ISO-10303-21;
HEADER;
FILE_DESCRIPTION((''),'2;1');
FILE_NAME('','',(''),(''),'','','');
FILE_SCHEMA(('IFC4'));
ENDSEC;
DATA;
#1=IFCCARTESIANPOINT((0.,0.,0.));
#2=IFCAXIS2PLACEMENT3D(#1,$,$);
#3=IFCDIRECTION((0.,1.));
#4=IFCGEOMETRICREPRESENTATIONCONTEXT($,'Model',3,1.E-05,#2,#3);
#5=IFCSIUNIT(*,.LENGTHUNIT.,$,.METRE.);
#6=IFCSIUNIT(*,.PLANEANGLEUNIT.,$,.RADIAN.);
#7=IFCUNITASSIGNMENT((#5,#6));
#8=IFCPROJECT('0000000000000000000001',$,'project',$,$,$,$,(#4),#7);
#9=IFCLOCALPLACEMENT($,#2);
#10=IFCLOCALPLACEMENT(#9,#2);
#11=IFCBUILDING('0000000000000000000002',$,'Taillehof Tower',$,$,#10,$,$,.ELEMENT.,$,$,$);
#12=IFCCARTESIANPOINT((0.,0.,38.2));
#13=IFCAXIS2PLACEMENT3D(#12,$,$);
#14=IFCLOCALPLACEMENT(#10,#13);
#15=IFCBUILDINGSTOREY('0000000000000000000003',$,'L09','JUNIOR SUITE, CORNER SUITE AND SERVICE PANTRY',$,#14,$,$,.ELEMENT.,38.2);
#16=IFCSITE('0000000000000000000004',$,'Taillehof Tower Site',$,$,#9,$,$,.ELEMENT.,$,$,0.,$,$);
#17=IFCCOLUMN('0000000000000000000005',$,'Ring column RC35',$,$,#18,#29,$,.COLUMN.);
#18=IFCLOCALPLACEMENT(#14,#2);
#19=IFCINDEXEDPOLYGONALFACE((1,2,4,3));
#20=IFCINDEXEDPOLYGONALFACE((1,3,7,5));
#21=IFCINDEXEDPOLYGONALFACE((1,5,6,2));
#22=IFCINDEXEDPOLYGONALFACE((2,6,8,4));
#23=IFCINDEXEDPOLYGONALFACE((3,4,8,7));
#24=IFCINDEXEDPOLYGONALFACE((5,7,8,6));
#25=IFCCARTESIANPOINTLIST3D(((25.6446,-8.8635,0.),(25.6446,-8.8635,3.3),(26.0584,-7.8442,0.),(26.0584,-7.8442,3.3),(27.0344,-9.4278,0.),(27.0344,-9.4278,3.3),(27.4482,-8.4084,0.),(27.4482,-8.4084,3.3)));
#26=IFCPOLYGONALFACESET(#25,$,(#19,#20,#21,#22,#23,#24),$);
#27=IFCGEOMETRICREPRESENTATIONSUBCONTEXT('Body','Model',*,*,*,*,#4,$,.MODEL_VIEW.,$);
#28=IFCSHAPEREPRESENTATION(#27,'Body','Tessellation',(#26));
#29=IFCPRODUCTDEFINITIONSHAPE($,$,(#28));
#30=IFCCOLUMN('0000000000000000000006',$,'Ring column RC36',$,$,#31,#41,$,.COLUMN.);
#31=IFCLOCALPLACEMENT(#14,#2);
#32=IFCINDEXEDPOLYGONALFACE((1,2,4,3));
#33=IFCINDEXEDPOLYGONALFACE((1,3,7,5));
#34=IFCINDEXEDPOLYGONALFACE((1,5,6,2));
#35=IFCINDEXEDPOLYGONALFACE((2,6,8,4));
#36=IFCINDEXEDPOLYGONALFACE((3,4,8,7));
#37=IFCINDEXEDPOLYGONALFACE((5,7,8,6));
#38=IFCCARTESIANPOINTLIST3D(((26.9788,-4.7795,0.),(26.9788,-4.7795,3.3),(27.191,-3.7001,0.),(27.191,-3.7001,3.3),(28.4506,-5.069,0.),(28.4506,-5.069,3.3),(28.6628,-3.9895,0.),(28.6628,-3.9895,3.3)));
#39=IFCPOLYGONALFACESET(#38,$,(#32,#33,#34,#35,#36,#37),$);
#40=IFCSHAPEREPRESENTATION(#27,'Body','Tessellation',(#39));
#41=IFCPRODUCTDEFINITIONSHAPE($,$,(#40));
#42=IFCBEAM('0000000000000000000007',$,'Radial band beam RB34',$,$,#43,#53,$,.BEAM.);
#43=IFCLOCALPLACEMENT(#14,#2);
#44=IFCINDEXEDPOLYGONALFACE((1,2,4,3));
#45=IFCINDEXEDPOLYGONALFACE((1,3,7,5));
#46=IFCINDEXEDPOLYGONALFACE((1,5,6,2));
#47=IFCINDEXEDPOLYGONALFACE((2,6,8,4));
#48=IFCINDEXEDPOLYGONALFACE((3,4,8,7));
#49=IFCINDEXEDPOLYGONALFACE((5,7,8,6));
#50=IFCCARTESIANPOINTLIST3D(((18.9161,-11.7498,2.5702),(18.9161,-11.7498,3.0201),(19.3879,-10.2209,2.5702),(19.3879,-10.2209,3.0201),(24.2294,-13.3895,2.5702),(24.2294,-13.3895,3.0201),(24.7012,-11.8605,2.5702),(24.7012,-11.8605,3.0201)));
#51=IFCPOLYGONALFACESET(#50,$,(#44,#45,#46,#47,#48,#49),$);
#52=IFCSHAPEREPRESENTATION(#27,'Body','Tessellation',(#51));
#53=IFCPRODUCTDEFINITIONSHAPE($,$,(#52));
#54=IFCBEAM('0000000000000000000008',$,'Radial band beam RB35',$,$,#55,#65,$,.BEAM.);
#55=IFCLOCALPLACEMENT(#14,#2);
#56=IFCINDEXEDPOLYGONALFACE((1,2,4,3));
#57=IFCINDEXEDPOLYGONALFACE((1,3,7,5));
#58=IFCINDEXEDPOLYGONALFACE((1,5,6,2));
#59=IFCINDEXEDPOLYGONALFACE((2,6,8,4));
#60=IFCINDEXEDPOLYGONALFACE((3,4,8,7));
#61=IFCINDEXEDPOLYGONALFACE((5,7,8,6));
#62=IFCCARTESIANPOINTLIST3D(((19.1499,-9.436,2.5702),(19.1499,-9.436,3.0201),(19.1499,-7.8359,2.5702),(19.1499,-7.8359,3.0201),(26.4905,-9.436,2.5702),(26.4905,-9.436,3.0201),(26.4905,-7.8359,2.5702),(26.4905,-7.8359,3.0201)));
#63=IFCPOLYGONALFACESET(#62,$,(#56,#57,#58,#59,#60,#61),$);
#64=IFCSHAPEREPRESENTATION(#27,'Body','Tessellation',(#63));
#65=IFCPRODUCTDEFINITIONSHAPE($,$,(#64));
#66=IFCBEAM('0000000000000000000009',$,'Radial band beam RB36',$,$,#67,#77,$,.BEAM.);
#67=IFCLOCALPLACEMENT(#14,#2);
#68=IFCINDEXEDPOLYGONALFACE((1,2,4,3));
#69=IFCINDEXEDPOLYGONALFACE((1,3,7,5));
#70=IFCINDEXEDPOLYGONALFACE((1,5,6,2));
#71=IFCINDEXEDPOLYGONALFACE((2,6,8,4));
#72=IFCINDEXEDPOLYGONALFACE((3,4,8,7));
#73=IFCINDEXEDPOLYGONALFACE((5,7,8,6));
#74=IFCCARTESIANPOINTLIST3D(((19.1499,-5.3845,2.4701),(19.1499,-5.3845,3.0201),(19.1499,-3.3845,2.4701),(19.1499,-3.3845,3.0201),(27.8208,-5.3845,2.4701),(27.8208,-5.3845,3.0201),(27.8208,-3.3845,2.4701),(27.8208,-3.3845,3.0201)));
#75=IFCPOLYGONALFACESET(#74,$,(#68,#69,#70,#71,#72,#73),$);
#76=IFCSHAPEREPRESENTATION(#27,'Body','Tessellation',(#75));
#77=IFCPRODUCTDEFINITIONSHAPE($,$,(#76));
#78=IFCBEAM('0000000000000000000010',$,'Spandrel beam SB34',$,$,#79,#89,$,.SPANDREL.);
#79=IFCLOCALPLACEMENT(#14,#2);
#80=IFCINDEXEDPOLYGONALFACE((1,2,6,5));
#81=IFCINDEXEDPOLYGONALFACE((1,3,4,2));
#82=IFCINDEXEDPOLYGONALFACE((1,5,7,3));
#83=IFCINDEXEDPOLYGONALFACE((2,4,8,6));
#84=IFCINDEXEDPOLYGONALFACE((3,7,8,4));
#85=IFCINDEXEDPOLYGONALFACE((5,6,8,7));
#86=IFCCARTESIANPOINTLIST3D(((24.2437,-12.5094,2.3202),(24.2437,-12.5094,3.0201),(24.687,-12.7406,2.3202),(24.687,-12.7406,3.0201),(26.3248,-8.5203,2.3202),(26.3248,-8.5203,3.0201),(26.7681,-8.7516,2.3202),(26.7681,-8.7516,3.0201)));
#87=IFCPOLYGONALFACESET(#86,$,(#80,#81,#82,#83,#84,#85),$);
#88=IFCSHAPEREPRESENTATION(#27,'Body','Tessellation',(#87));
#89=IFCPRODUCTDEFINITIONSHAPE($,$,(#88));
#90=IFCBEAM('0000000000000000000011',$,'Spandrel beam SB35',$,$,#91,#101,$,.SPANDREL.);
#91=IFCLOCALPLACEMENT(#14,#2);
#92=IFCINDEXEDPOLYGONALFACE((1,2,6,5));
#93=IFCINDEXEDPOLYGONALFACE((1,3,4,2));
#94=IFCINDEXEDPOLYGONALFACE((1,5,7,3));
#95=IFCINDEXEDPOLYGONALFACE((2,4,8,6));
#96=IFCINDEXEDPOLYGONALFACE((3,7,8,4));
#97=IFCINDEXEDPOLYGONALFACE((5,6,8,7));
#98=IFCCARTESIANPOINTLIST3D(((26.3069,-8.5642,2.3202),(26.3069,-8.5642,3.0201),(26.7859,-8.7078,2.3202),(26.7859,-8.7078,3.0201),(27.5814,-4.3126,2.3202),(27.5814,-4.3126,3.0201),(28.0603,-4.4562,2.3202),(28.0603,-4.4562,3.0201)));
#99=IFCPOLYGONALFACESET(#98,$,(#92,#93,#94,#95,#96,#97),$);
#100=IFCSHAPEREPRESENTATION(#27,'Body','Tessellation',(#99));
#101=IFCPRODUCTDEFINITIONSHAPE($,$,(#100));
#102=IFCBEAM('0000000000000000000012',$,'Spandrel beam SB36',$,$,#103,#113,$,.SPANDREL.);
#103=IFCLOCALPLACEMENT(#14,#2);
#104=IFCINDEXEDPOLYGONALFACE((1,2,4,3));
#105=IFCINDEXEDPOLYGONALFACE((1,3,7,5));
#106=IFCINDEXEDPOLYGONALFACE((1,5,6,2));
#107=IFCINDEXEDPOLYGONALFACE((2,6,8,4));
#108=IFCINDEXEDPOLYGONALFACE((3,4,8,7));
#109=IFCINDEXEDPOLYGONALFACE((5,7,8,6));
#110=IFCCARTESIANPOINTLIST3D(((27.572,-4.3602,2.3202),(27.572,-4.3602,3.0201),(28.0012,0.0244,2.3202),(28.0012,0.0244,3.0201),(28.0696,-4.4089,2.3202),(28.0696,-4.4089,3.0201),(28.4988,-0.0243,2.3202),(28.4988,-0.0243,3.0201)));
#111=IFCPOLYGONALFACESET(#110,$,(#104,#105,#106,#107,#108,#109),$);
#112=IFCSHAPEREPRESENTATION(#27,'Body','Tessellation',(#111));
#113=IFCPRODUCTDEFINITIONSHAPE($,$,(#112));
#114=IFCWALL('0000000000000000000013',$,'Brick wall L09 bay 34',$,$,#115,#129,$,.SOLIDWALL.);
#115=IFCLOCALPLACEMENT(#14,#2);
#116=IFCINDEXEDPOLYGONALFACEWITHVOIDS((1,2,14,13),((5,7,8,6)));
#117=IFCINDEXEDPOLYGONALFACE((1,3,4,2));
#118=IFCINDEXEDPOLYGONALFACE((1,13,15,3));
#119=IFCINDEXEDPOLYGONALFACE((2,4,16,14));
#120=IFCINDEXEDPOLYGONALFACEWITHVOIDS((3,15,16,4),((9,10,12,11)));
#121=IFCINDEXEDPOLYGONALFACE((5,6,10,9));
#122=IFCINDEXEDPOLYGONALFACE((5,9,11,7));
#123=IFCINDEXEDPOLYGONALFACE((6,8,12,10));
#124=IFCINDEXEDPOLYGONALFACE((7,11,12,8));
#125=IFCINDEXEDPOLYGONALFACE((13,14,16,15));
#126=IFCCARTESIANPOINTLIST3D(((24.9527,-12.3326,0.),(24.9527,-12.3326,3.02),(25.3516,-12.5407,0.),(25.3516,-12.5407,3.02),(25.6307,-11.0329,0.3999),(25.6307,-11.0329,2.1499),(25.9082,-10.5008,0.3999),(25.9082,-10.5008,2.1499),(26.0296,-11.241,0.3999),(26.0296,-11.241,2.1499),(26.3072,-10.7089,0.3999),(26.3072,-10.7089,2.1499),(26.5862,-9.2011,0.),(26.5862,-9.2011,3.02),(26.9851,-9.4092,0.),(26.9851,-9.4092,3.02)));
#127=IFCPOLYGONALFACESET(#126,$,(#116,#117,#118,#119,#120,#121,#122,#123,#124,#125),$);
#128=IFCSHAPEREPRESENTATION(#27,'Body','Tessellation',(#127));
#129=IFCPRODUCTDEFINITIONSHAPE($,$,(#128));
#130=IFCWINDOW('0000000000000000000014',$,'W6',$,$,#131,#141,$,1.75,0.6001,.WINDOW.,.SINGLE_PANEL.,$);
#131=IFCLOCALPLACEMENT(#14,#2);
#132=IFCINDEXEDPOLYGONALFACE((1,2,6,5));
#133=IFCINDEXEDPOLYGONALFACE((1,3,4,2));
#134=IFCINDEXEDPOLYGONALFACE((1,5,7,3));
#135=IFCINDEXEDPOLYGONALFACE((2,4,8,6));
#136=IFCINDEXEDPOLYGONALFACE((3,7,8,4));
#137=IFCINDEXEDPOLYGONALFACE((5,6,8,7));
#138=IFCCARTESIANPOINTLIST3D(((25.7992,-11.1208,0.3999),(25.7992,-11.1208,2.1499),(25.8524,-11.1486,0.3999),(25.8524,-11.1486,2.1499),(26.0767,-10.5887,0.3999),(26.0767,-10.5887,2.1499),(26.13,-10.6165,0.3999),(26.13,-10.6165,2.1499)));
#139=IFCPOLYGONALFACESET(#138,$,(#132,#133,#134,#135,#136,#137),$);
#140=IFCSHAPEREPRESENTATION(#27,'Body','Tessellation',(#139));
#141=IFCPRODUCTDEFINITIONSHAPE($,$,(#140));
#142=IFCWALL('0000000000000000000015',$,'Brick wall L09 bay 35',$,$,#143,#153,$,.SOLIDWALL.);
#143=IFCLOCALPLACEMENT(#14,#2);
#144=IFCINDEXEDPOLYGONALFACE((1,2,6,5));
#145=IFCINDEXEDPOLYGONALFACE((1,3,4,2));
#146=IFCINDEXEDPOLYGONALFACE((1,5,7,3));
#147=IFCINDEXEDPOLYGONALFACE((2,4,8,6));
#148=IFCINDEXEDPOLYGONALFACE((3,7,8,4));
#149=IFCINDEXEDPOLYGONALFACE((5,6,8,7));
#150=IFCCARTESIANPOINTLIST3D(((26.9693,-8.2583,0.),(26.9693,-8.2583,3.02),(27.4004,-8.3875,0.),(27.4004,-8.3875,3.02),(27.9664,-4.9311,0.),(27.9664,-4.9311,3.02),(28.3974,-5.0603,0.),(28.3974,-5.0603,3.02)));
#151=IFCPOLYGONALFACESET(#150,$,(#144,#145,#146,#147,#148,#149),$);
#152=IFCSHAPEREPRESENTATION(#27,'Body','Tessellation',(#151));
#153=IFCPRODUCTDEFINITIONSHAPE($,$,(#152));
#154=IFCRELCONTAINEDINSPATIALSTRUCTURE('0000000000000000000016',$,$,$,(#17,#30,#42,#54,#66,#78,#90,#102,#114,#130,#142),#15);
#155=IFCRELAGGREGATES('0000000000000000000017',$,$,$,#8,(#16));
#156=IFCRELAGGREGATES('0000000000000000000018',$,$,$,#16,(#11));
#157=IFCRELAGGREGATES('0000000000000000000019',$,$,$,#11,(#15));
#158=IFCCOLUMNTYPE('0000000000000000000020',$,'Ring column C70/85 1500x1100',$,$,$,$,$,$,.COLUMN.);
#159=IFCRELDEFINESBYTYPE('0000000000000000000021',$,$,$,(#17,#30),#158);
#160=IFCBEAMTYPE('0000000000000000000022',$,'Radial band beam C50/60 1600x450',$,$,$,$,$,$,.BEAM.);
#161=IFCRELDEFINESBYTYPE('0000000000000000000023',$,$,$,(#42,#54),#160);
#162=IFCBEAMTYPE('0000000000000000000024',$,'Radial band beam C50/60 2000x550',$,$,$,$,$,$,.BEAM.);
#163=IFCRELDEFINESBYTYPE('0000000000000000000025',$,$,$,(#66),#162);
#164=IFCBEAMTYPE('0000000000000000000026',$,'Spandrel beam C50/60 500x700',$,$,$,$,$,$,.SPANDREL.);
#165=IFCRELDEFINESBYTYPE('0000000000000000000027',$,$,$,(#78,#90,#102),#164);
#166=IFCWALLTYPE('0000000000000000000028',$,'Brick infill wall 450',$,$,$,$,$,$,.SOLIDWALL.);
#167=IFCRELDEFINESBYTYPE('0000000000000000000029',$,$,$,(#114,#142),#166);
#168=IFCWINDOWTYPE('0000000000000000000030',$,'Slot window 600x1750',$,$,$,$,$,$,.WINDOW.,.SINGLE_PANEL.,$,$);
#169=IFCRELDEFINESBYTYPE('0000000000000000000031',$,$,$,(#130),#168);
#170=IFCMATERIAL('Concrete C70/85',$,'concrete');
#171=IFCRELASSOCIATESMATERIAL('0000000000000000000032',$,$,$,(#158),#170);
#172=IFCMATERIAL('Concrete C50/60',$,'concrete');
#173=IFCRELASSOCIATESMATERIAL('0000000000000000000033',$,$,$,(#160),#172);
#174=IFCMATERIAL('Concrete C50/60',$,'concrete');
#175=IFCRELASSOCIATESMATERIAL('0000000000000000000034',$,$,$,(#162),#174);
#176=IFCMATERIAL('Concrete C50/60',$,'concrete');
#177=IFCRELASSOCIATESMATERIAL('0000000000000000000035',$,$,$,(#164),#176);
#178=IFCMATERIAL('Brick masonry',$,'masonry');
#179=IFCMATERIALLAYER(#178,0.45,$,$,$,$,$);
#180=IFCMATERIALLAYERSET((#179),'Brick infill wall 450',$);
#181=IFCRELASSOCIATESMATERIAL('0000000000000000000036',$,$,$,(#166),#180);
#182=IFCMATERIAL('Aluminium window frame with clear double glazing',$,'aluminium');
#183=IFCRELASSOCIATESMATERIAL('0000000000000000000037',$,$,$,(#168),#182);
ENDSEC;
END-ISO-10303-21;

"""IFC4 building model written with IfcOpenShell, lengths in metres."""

from ifc_helpers import new_model, si_unit, direction, frame, frame_2d, origin, origin_2d, place, context, subcontext, project, spatial, rectangle, extrude, material, layer, layer_set, material_profile, profile_set, type_object, element, fill, save


model = new_model("IFC4")

# Units and contexts
model_context = context("Model", 3, precision=1e-05, world=origin(), true_north=direction((0.0, 1.0)))
body_context = subcontext(model_context, "Body", "Model", "MODEL_VIEW")
ifc_project = project(units=[si_unit("LENGTHUNIT", "METRE"), si_unit("PLANEANGLEUNIT", "RADIAN")], contexts=[model_context])

# Site, building, storey
site_placement = place(None, origin())
site = spatial("IfcSite", under=ifc_project, at=site_placement, Name="Taillehof Tower Site", CompositionType="ELEMENT", RefElevation=0.0)
building_placement = place(site_placement, origin())
building = spatial("IfcBuilding", under=site, at=building_placement, Name="Taillehof Tower", CompositionType="ELEMENT")
storey_placement = place(building_placement, frame((0.0, 0.0, 38.2)))
storey = spatial("IfcBuildingStorey", under=building, at=storey_placement, Name="L09", Description="JUNIOR SUITE, CORNER SUITE AND SERVICE PANTRY", CompositionType="ELEMENT", Elevation=38.2)

# Columns
ifc_material_1 = material(Name="Concrete C70/85", Category="concrete")
ifc_material_profile_1 = material_profile(ifc_material_1, rectangle(XDim=1.5, YDim=1.1001, at=origin_2d()), Name="RC 1500x1100")
ifc_profile_set_1 = profile_set([ifc_material_profile_1], Name="Concrete C70/85")
column_type = type_object("IfcColumnType", Name="Ring column C70/85 1500x1100", PredefinedType="COLUMN", material=ifc_profile_set_1)
for number, where, z_axis, x_axis, name in (
    (1, (26.5464, -8.636, 0.0), (0.0, 0.0, 1.0), (0.926558, -0.376152, 0.0), "Ring column RC35"),
    (2, (27.8208, -4.3845, 0.0), (0.0, 0.0, 1.0), (0.981204, -0.192976, 0.0), "Ring column RC36"),
):
    element("IfcColumn", number, at=place(storey_placement, frame(where, z_axis=z_axis, x_axis=x_axis)), inside=storey, type_object=column_type, Name=name, PredefinedType="COLUMN", context=body_context, shape_type="SweptSolid", body=[
        extrude(rectangle(XDim=1.5, YDim=1.1001, at=origin_2d()), origin(), (0.0, 0.0, 1.0), 3.3),
    ])

# Beams
ifc_material_2 = material(Name="Concrete C50/60", Category="concrete")
ifc_material_profile_2 = material_profile(ifc_material_2, rectangle(XDim=1.6001, YDim=0.45, at=origin_2d()), Name="RC 1600x450")
ifc_profile_set_2 = profile_set([ifc_material_profile_2], Name="Concrete C50/60")
beam_type_1 = type_object("IfcBeamType", Name="Radial band beam C50/60 1600x450", PredefinedType="BEAM", material=ifc_profile_set_2)
beam_1_placement = place(storey_placement, frame((24.4653, -12.625, 2.7952), z_axis=(-0.955536, 0.294876, 0.0), x_axis=(-0.294876, -0.955536, 0.0)))
element("IfcBeam", 3, at=beam_1_placement, inside=storey, type_object=beam_type_1, Name="Radial band beam RB34", PredefinedType="BEAM", context=body_context, shape_type="SweptSolid", body=[
    extrude(rectangle(XDim=1.6001, YDim=0.45, at=origin_2d()), origin(), (0.0, 0.0, 1.0), 5.5605),
])
beam_2_placement = place(storey_placement, frame((26.4905, -8.636, 2.7952), z_axis=(-1.0, 0.0, 0.0), x_axis=(0.0, -1.0, 0.0)))
element("IfcBeam", 4, at=beam_2_placement, inside=storey, type_object=beam_type_1, Name="Radial band beam RB35", PredefinedType="BEAM", context=body_context, shape_type="SweptSolid", body=[
    extrude(rectangle(XDim=1.6001, YDim=0.45, at=origin_2d()), origin(), (0.0, 0.0, 1.0), 7.3406),
])
ifc_material_3 = material(Name="Concrete C50/60", Category="concrete")
ifc_material_profile_3 = material_profile(ifc_material_3, rectangle(XDim=2.0, YDim=0.55, at=origin_2d()), Name="RC 2000x550")
ifc_profile_set_3 = profile_set([ifc_material_profile_3], Name="Concrete C50/60")
beam_type_2 = type_object("IfcBeamType", Name="Radial band beam C50/60 2000x550", PredefinedType="BEAM", material=ifc_profile_set_3)
beam_3_placement = place(storey_placement, frame((27.8208, -4.3845, 2.7451), z_axis=(-1.0, 0.0, 0.0), x_axis=(0.0, -1.0, 0.0)))
element("IfcBeam", 5, at=beam_3_placement, inside=storey, type_object=beam_type_2, Name="Radial band beam RB36", PredefinedType="BEAM", context=body_context, shape_type="SweptSolid", body=[
    extrude(rectangle(XDim=2.0, YDim=0.55, at=origin_2d()), origin(), (0.0, 0.0, 1.0), 8.6709),
])
ifc_material_4 = material(Name="Concrete C50/60", Category="concrete")
ifc_material_profile_4 = material_profile(ifc_material_4, rectangle(XDim=0.5, YDim=0.7, at=origin_2d()), Name="RC 500x700")
ifc_profile_set_4 = profile_set([ifc_material_profile_4], Name="Concrete C50/60")
beam_type_3 = type_object("IfcBeamType", Name="Spandrel beam C50/60 500x700", PredefinedType="SPANDREL", material=ifc_profile_set_4)
beam_4_placement = place(storey_placement, frame((24.4653, -12.625, 2.6702), z_axis=(0.462536, 0.8866, 0.0), x_axis=(-0.8866, 0.462536, 0.0)))
element("IfcBeam", 6, at=beam_4_placement, inside=storey, type_object=beam_type_3, Name="Spandrel beam SB34", PredefinedType="SPANDREL", context=body_context, shape_type="SweptSolid", body=[
    extrude(rectangle(XDim=0.5, YDim=0.7, at=origin_2d()), origin(), (0.0, 0.0, 1.0), 4.4993),
])
beam_5_placement = place(storey_placement, frame((26.5464, -8.636, 2.6702), z_axis=(0.287136, 0.95789, 0.0), x_axis=(-0.95789, 0.287136, 0.0)))
element("IfcBeam", 7, at=beam_5_placement, inside=storey, type_object=beam_type_3, Name="Spandrel beam SB35", PredefinedType="SPANDREL", context=body_context, shape_type="SweptSolid", body=[
    extrude(rectangle(XDim=0.5, YDim=0.7, at=origin_2d()), origin(), (0.0, 0.0, 1.0), 4.4385),
])
beam_6_placement = place(storey_placement, frame((27.8208, -4.3845, 2.6702), z_axis=(0.097424, 0.995243, 0.0), x_axis=(-0.995243, 0.097424, 0.0)))
element("IfcBeam", 8, at=beam_6_placement, inside=storey, type_object=beam_type_3, Name="Spandrel beam SB36", PredefinedType="SPANDREL", context=body_context, shape_type="SweptSolid", body=[
    extrude(rectangle(XDim=0.5, YDim=0.7, at=origin_2d()), origin(), (0.0, 0.0, 1.0), 4.4055),
])

# Wall, opening, window
ifc_material_5 = material(Name="Brick masonry", Category="masonry")
ifc_layer_1 = layer(ifc_material_5, 0.45)
ifc_layer_set_1 = layer_set([ifc_layer_1], Name="Brick infill wall 450")
wall_type_1 = type_object("IfcWallType", Name="Brick infill wall 450", PredefinedType="SOLIDWALL", material=ifc_layer_set_1)
wall_1_placement = place(storey_placement, frame((25.1521, -12.4368, 0.0), z_axis=(0.0, 0.0, 1.0), x_axis=(0.462493, 0.886623, 0.0)))
wall_1 = element("IfcWall", 9, at=wall_1_placement, inside=storey, type_object=wall_type_1, Name="Brick wall L09 bay 34", PredefinedType="SOLIDWALL", context=body_context, shape_type="SweptSolid", body=[
    extrude(rectangle(XDim=3.532, YDim=0.45, at=frame_2d((1.7661, 0.0))), origin(), (0.0, 0.0, 1.0), 3.02),
])
opening_1_placement = place(wall_1_placement, frame((1.4661, 0.0, 0.3999)))
opening_1 = element("IfcOpeningElement", 10, at=opening_1_placement, cuts=wall_1, PredefinedType="OPENING", context=body_context, shape_type="SweptSolid", body=[
    extrude(rectangle(XDim=0.6001, YDim=1.75, at=frame_2d((0.3, 0.875))), frame((0.0, 0.2349, 0.0), z_axis=(0.0, -1.0, 0.0), x_axis=(1.0, 0.0, 0.0)), (0.0, 0.0, 1.0), 0.47),
])
ifc_material_6 = material(Name="Aluminium window frame with clear double glazing", Category="aluminium")
window_type = type_object("IfcWindowType", Name="Slot window 600x1750", PartitioningType="SINGLE_PANEL", PredefinedType="WINDOW", material=ifc_material_6)
window_1_placement = place(opening_1_placement, origin())
window_1 = element("IfcWindow", 11, at=window_1_placement, inside=storey, type_object=window_type, Name="W6", OverallHeight=1.75, OverallWidth=0.6001, PartitioningType="SINGLE_PANEL", PredefinedType="WINDOW", context=body_context, shape_type="SweptSolid", body=[
    extrude(rectangle(XDim=0.6001, YDim=1.75, at=frame_2d((0.3, 0.875))), frame((0.0, 0.0349, 0.0), z_axis=(0.0, -1.0, 0.0), x_axis=(1.0, 0.0, 0.0)), (0.0, 0.0, 1.0), 0.0601),
])
fill(opening_1, window_1)

# Wall
wall_2_placement = place(storey_placement, frame((27.1848, -8.323, 0.0), z_axis=(0.0, 0.0, 1.0), x_axis=(0.287064, 0.957911, 0.0)))
element("IfcWall", 12, at=wall_2_placement, inside=storey, type_object=wall_type_1, Name="Brick wall L09 bay 35", PredefinedType="SOLIDWALL", context=body_context, shape_type="SweptSolid", body=[
    extrude(rectangle(XDim=3.4734, YDim=0.45, at=frame_2d((1.7368, 0.0))), origin(), (0.0, 0.0, 1.0), 3.02),
])

save(model, "model.ifc")
